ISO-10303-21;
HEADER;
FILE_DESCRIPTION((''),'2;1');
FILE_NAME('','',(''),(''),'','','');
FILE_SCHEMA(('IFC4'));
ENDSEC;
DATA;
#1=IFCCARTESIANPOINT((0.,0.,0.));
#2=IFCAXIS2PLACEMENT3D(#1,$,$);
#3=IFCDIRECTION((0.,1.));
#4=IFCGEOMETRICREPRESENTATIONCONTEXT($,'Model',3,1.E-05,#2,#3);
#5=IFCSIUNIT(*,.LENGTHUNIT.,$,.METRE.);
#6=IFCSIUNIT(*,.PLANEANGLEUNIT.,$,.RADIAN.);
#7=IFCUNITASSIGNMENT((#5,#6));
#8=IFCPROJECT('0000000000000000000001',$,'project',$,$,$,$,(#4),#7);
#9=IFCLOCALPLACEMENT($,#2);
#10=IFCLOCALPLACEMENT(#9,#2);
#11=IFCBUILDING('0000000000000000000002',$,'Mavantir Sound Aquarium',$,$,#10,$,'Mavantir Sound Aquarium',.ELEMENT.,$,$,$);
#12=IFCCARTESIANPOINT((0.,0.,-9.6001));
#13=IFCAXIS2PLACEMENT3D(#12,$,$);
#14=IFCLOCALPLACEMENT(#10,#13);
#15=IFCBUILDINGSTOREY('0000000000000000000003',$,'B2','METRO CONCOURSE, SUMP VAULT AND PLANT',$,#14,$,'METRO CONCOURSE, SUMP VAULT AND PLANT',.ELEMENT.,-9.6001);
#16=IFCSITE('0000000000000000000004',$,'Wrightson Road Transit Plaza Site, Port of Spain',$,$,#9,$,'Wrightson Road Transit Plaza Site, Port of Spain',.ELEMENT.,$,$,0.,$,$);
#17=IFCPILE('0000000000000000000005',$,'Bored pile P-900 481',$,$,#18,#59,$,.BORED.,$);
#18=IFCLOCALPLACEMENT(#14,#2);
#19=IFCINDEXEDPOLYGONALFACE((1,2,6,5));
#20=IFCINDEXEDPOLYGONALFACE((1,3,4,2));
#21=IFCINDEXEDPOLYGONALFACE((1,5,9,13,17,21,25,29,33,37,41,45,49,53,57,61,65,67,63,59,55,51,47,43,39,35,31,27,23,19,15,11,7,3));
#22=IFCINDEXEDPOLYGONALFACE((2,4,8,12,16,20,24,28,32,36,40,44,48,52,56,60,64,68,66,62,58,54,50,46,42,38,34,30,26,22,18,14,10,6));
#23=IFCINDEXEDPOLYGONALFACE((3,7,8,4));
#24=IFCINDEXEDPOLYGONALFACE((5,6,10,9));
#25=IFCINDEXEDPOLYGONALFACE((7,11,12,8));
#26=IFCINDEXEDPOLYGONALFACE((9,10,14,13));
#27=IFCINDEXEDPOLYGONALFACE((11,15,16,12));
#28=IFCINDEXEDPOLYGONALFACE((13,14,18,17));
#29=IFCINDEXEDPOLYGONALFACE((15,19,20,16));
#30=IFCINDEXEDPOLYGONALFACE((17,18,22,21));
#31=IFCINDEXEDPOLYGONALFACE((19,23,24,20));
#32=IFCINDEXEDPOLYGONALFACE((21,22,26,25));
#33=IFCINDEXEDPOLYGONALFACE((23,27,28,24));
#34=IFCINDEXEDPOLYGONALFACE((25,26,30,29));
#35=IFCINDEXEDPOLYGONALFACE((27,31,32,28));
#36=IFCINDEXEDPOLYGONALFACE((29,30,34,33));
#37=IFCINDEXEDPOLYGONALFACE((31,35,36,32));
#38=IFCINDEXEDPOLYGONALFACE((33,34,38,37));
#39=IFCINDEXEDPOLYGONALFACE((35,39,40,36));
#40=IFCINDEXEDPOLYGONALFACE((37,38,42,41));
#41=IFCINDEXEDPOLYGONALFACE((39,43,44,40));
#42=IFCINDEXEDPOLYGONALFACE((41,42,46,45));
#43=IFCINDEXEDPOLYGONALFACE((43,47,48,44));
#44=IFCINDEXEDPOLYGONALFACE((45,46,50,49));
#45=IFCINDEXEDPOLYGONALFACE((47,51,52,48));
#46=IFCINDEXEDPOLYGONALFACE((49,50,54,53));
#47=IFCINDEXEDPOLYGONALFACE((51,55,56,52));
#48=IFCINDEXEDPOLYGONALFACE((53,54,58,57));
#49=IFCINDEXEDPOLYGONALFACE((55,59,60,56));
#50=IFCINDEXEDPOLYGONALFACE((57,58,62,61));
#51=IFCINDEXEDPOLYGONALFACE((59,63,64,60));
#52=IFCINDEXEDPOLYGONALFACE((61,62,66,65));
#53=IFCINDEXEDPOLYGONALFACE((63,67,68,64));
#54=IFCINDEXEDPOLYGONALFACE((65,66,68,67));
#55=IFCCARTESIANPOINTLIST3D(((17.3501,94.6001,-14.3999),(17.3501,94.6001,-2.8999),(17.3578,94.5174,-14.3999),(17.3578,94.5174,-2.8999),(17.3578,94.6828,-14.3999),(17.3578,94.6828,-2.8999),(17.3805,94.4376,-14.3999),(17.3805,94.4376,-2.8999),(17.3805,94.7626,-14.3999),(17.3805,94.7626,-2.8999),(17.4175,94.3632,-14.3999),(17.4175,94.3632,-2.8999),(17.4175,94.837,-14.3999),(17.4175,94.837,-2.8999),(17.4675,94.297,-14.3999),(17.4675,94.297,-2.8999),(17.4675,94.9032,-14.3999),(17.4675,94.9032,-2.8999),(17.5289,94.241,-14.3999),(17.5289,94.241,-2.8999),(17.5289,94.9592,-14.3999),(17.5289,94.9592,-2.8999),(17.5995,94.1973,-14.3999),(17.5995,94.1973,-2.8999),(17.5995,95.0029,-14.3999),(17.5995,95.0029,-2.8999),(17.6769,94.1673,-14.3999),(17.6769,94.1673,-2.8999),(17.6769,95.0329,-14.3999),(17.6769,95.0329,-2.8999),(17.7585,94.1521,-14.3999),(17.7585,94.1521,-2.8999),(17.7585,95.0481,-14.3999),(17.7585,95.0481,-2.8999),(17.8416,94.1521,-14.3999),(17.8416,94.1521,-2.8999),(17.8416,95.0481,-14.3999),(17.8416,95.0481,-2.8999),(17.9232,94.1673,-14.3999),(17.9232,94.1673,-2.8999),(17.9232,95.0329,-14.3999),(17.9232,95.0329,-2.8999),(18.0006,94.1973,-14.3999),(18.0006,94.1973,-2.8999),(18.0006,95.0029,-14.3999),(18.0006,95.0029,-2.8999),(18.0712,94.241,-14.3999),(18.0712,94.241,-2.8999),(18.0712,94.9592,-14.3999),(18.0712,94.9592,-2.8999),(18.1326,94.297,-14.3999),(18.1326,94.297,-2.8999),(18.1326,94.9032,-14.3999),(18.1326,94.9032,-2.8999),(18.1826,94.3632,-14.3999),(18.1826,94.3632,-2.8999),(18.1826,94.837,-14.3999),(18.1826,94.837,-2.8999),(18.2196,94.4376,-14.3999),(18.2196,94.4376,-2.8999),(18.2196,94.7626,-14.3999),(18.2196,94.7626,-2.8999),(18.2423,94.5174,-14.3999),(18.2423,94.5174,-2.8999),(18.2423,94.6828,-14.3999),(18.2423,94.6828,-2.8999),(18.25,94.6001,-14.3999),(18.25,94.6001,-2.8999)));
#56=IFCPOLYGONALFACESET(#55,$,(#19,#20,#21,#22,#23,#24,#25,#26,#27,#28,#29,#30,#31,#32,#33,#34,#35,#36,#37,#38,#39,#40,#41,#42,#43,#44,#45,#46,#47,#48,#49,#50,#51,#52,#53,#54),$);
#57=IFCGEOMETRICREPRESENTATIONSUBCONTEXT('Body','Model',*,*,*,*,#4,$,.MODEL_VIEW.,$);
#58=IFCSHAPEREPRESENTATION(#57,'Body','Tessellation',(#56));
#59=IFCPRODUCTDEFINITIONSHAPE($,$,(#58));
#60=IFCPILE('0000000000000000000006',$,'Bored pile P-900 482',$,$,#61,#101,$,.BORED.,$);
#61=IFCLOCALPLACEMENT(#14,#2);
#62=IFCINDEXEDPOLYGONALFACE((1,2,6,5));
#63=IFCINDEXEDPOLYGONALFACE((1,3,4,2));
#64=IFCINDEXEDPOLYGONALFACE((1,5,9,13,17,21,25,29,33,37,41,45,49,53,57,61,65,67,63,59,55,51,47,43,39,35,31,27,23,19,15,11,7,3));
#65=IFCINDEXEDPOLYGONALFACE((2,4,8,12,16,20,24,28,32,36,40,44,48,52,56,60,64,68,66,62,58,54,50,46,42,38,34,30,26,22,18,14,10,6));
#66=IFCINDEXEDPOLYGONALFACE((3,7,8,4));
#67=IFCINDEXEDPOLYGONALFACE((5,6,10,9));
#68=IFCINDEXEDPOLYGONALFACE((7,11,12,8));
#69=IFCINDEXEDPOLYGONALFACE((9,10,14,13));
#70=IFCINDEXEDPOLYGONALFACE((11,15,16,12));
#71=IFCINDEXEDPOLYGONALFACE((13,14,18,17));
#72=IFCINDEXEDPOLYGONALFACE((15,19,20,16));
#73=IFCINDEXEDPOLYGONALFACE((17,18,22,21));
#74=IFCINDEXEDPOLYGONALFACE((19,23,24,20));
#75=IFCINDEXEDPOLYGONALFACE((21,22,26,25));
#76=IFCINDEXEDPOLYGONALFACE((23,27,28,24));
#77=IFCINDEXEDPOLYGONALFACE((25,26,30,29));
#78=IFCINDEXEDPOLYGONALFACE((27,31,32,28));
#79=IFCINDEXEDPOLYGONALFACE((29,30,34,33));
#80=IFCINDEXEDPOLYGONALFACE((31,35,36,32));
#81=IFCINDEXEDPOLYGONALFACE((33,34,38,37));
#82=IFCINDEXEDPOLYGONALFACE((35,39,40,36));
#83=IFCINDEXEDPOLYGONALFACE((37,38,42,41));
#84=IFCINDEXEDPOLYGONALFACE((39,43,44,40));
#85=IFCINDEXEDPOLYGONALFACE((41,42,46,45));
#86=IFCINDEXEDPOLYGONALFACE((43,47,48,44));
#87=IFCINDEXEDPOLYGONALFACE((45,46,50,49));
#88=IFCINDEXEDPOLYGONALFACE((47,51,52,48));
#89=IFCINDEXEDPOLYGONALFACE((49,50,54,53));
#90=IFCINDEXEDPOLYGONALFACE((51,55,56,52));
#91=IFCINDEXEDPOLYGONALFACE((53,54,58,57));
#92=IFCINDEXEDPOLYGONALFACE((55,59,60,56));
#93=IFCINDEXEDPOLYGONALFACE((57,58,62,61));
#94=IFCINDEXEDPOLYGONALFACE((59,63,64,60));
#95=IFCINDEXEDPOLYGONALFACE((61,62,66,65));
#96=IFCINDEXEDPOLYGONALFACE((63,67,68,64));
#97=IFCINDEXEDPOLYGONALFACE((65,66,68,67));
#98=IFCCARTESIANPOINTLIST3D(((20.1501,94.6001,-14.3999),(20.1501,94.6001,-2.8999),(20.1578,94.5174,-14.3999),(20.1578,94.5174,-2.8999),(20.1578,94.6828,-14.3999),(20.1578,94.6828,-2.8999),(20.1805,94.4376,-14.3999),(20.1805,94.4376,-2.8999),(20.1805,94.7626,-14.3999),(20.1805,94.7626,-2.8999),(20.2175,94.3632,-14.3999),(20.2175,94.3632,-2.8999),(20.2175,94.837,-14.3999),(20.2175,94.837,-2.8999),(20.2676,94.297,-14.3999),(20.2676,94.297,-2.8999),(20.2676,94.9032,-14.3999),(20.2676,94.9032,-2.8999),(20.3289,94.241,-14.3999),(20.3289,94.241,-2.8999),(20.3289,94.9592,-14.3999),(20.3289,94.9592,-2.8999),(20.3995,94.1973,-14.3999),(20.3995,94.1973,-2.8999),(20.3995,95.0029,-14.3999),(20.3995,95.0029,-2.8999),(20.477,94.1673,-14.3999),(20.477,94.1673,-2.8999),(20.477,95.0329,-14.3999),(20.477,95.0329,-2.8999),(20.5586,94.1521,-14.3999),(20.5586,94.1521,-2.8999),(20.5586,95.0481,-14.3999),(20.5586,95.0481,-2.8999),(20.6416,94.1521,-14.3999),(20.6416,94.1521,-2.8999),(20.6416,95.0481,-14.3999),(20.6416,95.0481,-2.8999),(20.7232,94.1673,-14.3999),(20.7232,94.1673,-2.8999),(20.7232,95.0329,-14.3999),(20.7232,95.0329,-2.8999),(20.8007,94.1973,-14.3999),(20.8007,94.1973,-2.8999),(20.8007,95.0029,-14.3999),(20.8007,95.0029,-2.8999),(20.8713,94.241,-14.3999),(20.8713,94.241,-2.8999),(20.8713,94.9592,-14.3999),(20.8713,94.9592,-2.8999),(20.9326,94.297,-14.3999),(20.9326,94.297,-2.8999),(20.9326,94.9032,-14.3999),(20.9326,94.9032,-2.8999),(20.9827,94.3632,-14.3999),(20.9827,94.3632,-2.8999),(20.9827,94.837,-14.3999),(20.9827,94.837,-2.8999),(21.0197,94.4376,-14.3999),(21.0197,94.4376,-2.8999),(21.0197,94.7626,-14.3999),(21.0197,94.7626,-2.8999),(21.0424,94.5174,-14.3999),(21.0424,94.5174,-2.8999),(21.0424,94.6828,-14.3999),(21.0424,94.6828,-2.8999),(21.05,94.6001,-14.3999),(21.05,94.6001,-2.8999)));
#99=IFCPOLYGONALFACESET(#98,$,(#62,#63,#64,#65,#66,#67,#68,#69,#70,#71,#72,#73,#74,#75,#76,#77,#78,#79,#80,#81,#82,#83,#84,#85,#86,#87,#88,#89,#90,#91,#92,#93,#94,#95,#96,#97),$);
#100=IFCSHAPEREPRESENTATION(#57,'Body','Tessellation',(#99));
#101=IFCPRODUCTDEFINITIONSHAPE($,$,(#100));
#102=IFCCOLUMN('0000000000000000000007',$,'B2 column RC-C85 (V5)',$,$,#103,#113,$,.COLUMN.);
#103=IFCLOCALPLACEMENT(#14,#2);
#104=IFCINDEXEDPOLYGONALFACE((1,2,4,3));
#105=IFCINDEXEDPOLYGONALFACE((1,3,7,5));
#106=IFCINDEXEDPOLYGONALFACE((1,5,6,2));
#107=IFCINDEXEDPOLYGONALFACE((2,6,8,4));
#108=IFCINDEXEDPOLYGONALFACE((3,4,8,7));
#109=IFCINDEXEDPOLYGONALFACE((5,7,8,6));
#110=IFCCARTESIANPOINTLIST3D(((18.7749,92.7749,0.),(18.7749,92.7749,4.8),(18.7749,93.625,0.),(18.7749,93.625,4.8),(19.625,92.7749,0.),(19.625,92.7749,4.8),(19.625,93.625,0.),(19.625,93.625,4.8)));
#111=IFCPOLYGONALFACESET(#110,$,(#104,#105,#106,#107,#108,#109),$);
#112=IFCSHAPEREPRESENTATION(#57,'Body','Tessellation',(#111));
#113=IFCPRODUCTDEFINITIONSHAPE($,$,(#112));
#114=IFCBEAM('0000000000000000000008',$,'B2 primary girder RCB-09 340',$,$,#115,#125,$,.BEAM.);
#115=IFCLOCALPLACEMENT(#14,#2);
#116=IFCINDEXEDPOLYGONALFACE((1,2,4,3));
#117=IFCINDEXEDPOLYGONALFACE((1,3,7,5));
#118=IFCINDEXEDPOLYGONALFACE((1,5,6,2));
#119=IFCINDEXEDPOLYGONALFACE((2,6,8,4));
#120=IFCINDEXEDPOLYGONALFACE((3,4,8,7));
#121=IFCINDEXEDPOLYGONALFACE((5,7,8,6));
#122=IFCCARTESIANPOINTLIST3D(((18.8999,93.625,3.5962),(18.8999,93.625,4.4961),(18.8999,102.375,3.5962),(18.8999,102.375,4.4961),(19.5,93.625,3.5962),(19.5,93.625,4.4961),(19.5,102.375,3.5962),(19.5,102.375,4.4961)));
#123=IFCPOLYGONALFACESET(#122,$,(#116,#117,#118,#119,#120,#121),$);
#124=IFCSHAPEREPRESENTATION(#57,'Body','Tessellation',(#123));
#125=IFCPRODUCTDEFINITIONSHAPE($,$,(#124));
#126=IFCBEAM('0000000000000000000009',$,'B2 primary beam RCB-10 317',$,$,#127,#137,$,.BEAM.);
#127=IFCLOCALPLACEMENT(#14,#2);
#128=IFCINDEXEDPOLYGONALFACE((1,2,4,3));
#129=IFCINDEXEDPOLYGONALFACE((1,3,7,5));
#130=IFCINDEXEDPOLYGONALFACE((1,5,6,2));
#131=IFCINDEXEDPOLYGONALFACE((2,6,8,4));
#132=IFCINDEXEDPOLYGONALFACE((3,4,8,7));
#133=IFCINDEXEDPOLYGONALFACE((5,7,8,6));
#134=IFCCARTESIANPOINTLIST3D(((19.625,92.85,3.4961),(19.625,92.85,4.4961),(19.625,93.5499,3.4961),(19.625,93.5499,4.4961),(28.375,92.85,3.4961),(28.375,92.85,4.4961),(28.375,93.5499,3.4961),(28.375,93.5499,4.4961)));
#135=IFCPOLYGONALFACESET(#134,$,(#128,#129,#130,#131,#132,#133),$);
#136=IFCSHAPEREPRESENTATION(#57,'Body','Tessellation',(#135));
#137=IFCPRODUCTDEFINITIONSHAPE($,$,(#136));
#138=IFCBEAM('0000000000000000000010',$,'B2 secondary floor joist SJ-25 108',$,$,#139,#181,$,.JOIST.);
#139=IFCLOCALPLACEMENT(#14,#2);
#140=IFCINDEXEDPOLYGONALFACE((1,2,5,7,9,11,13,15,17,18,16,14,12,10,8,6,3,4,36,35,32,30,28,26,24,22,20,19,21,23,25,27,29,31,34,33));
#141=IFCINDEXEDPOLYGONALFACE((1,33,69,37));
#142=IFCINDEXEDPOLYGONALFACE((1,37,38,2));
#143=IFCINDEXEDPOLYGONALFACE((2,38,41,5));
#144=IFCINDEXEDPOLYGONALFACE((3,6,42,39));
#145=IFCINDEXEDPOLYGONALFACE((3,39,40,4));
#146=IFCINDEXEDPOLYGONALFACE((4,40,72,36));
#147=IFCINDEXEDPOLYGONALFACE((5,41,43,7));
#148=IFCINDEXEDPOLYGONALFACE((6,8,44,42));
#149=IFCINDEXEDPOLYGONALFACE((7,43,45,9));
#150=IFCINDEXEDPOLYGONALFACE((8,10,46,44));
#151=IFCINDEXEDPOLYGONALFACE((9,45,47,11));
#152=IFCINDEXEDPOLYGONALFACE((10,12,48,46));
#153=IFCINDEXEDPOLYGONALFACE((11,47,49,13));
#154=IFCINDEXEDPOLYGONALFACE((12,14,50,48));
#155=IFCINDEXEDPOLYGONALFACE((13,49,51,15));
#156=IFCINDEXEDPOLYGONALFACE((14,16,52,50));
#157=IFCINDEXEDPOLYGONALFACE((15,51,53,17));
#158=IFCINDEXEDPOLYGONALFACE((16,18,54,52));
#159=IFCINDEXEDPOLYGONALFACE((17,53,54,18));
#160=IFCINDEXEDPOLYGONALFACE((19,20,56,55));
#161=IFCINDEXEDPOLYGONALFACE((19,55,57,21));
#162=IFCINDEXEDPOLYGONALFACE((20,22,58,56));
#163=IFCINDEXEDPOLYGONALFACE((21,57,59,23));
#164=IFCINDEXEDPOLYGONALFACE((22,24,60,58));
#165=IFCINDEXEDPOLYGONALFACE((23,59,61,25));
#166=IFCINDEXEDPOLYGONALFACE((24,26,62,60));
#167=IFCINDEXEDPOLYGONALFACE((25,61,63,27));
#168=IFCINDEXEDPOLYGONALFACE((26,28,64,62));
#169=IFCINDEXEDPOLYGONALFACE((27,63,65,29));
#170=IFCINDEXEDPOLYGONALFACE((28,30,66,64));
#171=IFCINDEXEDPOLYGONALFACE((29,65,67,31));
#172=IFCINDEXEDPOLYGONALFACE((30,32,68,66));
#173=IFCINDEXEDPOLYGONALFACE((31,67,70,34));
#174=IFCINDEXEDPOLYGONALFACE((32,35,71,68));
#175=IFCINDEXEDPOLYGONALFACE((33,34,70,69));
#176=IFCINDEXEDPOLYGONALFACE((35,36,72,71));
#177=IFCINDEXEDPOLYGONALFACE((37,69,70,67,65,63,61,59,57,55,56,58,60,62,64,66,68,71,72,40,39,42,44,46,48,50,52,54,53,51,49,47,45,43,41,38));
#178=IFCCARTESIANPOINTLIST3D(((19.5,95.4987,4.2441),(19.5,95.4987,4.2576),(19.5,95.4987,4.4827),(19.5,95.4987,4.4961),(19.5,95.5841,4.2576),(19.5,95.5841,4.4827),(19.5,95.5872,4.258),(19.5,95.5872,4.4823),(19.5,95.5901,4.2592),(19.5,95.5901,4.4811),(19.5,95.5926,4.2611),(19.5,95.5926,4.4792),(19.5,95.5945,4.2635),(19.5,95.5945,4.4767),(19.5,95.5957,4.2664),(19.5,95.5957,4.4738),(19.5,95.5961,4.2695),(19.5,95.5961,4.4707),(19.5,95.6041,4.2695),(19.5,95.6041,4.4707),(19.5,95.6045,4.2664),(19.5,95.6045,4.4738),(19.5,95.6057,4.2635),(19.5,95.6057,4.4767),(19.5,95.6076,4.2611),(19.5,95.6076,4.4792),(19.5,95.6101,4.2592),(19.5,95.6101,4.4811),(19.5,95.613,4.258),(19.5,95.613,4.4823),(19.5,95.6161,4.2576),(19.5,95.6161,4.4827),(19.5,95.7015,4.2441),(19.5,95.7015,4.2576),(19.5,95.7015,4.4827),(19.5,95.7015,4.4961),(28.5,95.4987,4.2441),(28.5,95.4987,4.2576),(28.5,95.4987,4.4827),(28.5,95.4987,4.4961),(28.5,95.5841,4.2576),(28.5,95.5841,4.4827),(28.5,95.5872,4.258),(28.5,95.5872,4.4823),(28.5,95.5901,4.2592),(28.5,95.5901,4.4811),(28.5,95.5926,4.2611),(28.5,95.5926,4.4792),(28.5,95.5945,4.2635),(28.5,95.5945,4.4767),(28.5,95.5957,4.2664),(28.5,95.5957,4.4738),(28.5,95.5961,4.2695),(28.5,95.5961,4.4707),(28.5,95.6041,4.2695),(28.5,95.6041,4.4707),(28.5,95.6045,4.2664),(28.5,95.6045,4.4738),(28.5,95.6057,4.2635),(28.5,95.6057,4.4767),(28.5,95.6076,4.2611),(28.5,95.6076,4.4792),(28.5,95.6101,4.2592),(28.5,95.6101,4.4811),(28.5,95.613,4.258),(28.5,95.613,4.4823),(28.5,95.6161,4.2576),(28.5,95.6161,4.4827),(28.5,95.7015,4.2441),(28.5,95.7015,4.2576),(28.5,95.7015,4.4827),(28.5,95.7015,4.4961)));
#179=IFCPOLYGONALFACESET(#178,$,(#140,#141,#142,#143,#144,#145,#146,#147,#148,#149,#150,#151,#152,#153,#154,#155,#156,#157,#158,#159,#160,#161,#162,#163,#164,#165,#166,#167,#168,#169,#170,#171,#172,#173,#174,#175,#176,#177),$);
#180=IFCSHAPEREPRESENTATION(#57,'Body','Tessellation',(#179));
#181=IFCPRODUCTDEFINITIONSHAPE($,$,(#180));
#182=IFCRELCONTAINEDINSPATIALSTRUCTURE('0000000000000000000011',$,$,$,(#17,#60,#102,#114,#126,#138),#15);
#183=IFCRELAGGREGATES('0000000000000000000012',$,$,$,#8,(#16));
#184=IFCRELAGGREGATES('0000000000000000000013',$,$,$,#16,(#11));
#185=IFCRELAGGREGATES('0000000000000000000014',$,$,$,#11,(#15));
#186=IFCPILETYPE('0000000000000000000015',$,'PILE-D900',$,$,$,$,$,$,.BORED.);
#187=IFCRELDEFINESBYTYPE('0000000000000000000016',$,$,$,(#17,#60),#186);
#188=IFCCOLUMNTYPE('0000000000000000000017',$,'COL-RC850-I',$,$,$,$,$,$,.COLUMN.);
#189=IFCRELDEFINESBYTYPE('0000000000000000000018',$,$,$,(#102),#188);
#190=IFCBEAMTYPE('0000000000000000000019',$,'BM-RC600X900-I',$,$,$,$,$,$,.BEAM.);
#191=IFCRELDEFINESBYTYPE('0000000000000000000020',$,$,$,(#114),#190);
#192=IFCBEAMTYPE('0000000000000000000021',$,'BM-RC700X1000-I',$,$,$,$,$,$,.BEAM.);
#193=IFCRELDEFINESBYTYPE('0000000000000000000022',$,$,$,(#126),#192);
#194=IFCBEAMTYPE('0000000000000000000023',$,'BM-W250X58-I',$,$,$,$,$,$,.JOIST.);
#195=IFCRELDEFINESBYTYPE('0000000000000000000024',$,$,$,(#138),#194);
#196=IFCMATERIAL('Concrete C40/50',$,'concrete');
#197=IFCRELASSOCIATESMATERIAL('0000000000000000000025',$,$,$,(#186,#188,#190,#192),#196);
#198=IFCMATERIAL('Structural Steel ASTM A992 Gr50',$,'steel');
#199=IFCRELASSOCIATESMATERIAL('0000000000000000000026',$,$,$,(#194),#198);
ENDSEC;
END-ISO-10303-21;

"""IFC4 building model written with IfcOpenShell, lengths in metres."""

from ifc_helpers import new_model, si_unit, direction, frame, origin, origin_2d, place, context, subcontext, project, spatial, rectangle, circle, i_section, extrude, material, material_profile, profile_set, type_object, element, save


model = new_model("IFC4")

# Units and contexts
model_context = context("Model", 3, precision=1e-05, world=origin(), true_north=direction((0.0, 1.0)))
body_context = subcontext(model_context, "Body", "Model", "MODEL_VIEW")
ifc_project = project(units=[si_unit("LENGTHUNIT", "METRE"), si_unit("PLANEANGLEUNIT", "RADIAN")], contexts=[model_context])

# Site, building, storey
site_placement = place(None, origin())
site = spatial("IfcSite", under=ifc_project, at=site_placement, Name="Wrightson Road Transit Plaza Site, Port of Spain", LongName="Wrightson Road Transit Plaza Site, Port of Spain", CompositionType="ELEMENT", RefElevation=0.0)
building_placement = place(site_placement, origin())
building = spatial("IfcBuilding", under=site, at=building_placement, Name="Mavantir Sound Aquarium", LongName="Mavantir Sound Aquarium", CompositionType="ELEMENT")
storey_placement = place(building_placement, frame((0.0, 0.0, -9.6001)))
storey = spatial("IfcBuildingStorey", under=building, at=storey_placement, Name="B2", Description="METRO CONCOURSE, SUMP VAULT AND PLANT", LongName="METRO CONCOURSE, SUMP VAULT AND PLANT", CompositionType="ELEMENT", Elevation=-9.6001)

# Shared definitions
ifc_material_1 = material(Name="Concrete C40/50", Category="concrete")

# Piles
ifc_material_profile_1 = material_profile(ifc_material_1, circle(Radius=0.45, at=origin_2d()), Name="PILE D900")
ifc_profile_set_1 = profile_set([ifc_material_profile_1], Name="Concrete C40/50")
pile_type = type_object("IfcPileType", Name="PILE-D900", PredefinedType="BORED", material=ifc_profile_set_1)
for number, where, z_axis, x_axis, name in (
    (1, (17.8, 94.6001, -2.8999), (0.0, 0.0, -1.0), (1.0, 0.0, 0.0), "Bored pile P-900 481"),
    (2, (20.6001, 94.6001, -2.8999), (0.0, 0.0, -1.0), (1.0, 0.0, 0.0), "Bored pile P-900 482"),
):
    element("IfcPile", number, at=place(storey_placement, frame(where, z_axis=z_axis, x_axis=x_axis)), inside=storey, type_object=pile_type, Name=name, PredefinedType="BORED", context=body_context, shape_type="SweptSolid", body=[
        extrude(circle(Radius=0.45, at=origin_2d()), origin(), (0.0, 0.0, 1.0), 11.5),
    ])

# Column
ifc_material_profile_2 = material_profile(ifc_material_1, rectangle(XDim=0.8501, YDim=0.8501, at=origin_2d()), Name="RC 850X850")
ifc_profile_set_2 = profile_set([ifc_material_profile_2], Name="Concrete C40/50")
column_type = type_object("IfcColumnType", Name="COL-RC850-I", PredefinedType="COLUMN", material=ifc_profile_set_2)
column_placement = place(storey_placement, frame((19.2, 93.2, 0.0), z_axis=(0.0, 0.0, 1.0), x_axis=(1.0, 0.0, 0.0)))
element("IfcColumn", 3, at=column_placement, inside=storey, type_object=column_type, Name="B2 column RC-C85 (V5)", PredefinedType="COLUMN", context=body_context, shape_type="SweptSolid", body=[
    extrude(rectangle(XDim=0.8501, YDim=0.8501, at=origin_2d()), origin(), (0.0, 0.0, 1.0), 4.8),
])

# Beams
ifc_material_profile_3 = material_profile(ifc_material_1, rectangle(XDim=0.6001, YDim=0.8999, at=origin_2d()), Name="RC 600X900")
ifc_profile_set_3 = profile_set([ifc_material_profile_3], Name="Concrete C40/50")
beam_type_1 = type_object("IfcBeamType", Name="BM-RC600X900-I", PredefinedType="BEAM", material=ifc_profile_set_3)
beam_1_placement = place(storey_placement, frame((19.2, 93.625, 4.0461), z_axis=(0.0, 1.0, 0.0), x_axis=(-1.0, 0.0, 0.0)))
element("IfcBeam", 4, at=beam_1_placement, inside=storey, type_object=beam_type_1, Name="B2 primary girder RCB-09 340", PredefinedType="BEAM", context=body_context, shape_type="SweptSolid", body=[
    extrude(rectangle(XDim=0.6001, YDim=0.8999, at=origin_2d()), origin(), (0.0, 0.0, 1.0), 8.75),
])
ifc_material_profile_4 = material_profile(ifc_material_1, rectangle(XDim=0.7, YDim=1.0, at=origin_2d()), Name="RC 700X1000")
ifc_profile_set_4 = profile_set([ifc_material_profile_4], Name="Concrete C40/50")
beam_type_2 = type_object("IfcBeamType", Name="BM-RC700X1000-I", PredefinedType="BEAM", material=ifc_profile_set_4)
beam_2_placement = place(storey_placement, frame((19.625, 93.2, 3.9961), z_axis=(1.0, 0.0, 0.0), x_axis=(0.0, 1.0, 0.0)))
element("IfcBeam", 5, at=beam_2_placement, inside=storey, type_object=beam_type_2, Name="B2 primary beam RCB-10 317", PredefinedType="BEAM", context=body_context, shape_type="SweptSolid", body=[
    extrude(rectangle(XDim=0.7, YDim=1.0, at=origin_2d()), origin(), (0.0, 0.0, 1.0), 8.75),
])
ifc_material_2 = material(Name="Structural Steel ASTM A992 Gr50", Category="steel")
ifc_material_profile_5 = material_profile(ifc_material_2, i_section(OverallWidth=0.2029, OverallDepth=0.252, WebThickness=0.0081, FlangeThickness=0.0134, FilletRadius=0.012, at=origin_2d()), Name="W250X58")
ifc_profile_set_5 = profile_set([ifc_material_profile_5], Name="Structural Steel ASTM A992 Gr50")
beam_type_3 = type_object("IfcBeamType", Name="BM-W250X58-I", PredefinedType="JOIST", material=ifc_profile_set_5)
beam_3_placement = place(storey_placement, frame((19.5, 95.6001, 4.3701), z_axis=(1.0, 0.0, 0.0), x_axis=(0.0, 1.0, 0.0)))
element("IfcBeam", 6, at=beam_3_placement, inside=storey, type_object=beam_type_3, Name="B2 secondary floor joist SJ-25 108", PredefinedType="JOIST", context=body_context, shape_type="SweptSolid", body=[
    extrude(i_section(OverallWidth=0.2029, OverallDepth=0.252, WebThickness=0.0081, FlangeThickness=0.0134, FilletRadius=0.012, at=origin_2d()), origin(), (0.0, 0.0, 1.0), 9.0),
])

save(model, "model.ifc")
